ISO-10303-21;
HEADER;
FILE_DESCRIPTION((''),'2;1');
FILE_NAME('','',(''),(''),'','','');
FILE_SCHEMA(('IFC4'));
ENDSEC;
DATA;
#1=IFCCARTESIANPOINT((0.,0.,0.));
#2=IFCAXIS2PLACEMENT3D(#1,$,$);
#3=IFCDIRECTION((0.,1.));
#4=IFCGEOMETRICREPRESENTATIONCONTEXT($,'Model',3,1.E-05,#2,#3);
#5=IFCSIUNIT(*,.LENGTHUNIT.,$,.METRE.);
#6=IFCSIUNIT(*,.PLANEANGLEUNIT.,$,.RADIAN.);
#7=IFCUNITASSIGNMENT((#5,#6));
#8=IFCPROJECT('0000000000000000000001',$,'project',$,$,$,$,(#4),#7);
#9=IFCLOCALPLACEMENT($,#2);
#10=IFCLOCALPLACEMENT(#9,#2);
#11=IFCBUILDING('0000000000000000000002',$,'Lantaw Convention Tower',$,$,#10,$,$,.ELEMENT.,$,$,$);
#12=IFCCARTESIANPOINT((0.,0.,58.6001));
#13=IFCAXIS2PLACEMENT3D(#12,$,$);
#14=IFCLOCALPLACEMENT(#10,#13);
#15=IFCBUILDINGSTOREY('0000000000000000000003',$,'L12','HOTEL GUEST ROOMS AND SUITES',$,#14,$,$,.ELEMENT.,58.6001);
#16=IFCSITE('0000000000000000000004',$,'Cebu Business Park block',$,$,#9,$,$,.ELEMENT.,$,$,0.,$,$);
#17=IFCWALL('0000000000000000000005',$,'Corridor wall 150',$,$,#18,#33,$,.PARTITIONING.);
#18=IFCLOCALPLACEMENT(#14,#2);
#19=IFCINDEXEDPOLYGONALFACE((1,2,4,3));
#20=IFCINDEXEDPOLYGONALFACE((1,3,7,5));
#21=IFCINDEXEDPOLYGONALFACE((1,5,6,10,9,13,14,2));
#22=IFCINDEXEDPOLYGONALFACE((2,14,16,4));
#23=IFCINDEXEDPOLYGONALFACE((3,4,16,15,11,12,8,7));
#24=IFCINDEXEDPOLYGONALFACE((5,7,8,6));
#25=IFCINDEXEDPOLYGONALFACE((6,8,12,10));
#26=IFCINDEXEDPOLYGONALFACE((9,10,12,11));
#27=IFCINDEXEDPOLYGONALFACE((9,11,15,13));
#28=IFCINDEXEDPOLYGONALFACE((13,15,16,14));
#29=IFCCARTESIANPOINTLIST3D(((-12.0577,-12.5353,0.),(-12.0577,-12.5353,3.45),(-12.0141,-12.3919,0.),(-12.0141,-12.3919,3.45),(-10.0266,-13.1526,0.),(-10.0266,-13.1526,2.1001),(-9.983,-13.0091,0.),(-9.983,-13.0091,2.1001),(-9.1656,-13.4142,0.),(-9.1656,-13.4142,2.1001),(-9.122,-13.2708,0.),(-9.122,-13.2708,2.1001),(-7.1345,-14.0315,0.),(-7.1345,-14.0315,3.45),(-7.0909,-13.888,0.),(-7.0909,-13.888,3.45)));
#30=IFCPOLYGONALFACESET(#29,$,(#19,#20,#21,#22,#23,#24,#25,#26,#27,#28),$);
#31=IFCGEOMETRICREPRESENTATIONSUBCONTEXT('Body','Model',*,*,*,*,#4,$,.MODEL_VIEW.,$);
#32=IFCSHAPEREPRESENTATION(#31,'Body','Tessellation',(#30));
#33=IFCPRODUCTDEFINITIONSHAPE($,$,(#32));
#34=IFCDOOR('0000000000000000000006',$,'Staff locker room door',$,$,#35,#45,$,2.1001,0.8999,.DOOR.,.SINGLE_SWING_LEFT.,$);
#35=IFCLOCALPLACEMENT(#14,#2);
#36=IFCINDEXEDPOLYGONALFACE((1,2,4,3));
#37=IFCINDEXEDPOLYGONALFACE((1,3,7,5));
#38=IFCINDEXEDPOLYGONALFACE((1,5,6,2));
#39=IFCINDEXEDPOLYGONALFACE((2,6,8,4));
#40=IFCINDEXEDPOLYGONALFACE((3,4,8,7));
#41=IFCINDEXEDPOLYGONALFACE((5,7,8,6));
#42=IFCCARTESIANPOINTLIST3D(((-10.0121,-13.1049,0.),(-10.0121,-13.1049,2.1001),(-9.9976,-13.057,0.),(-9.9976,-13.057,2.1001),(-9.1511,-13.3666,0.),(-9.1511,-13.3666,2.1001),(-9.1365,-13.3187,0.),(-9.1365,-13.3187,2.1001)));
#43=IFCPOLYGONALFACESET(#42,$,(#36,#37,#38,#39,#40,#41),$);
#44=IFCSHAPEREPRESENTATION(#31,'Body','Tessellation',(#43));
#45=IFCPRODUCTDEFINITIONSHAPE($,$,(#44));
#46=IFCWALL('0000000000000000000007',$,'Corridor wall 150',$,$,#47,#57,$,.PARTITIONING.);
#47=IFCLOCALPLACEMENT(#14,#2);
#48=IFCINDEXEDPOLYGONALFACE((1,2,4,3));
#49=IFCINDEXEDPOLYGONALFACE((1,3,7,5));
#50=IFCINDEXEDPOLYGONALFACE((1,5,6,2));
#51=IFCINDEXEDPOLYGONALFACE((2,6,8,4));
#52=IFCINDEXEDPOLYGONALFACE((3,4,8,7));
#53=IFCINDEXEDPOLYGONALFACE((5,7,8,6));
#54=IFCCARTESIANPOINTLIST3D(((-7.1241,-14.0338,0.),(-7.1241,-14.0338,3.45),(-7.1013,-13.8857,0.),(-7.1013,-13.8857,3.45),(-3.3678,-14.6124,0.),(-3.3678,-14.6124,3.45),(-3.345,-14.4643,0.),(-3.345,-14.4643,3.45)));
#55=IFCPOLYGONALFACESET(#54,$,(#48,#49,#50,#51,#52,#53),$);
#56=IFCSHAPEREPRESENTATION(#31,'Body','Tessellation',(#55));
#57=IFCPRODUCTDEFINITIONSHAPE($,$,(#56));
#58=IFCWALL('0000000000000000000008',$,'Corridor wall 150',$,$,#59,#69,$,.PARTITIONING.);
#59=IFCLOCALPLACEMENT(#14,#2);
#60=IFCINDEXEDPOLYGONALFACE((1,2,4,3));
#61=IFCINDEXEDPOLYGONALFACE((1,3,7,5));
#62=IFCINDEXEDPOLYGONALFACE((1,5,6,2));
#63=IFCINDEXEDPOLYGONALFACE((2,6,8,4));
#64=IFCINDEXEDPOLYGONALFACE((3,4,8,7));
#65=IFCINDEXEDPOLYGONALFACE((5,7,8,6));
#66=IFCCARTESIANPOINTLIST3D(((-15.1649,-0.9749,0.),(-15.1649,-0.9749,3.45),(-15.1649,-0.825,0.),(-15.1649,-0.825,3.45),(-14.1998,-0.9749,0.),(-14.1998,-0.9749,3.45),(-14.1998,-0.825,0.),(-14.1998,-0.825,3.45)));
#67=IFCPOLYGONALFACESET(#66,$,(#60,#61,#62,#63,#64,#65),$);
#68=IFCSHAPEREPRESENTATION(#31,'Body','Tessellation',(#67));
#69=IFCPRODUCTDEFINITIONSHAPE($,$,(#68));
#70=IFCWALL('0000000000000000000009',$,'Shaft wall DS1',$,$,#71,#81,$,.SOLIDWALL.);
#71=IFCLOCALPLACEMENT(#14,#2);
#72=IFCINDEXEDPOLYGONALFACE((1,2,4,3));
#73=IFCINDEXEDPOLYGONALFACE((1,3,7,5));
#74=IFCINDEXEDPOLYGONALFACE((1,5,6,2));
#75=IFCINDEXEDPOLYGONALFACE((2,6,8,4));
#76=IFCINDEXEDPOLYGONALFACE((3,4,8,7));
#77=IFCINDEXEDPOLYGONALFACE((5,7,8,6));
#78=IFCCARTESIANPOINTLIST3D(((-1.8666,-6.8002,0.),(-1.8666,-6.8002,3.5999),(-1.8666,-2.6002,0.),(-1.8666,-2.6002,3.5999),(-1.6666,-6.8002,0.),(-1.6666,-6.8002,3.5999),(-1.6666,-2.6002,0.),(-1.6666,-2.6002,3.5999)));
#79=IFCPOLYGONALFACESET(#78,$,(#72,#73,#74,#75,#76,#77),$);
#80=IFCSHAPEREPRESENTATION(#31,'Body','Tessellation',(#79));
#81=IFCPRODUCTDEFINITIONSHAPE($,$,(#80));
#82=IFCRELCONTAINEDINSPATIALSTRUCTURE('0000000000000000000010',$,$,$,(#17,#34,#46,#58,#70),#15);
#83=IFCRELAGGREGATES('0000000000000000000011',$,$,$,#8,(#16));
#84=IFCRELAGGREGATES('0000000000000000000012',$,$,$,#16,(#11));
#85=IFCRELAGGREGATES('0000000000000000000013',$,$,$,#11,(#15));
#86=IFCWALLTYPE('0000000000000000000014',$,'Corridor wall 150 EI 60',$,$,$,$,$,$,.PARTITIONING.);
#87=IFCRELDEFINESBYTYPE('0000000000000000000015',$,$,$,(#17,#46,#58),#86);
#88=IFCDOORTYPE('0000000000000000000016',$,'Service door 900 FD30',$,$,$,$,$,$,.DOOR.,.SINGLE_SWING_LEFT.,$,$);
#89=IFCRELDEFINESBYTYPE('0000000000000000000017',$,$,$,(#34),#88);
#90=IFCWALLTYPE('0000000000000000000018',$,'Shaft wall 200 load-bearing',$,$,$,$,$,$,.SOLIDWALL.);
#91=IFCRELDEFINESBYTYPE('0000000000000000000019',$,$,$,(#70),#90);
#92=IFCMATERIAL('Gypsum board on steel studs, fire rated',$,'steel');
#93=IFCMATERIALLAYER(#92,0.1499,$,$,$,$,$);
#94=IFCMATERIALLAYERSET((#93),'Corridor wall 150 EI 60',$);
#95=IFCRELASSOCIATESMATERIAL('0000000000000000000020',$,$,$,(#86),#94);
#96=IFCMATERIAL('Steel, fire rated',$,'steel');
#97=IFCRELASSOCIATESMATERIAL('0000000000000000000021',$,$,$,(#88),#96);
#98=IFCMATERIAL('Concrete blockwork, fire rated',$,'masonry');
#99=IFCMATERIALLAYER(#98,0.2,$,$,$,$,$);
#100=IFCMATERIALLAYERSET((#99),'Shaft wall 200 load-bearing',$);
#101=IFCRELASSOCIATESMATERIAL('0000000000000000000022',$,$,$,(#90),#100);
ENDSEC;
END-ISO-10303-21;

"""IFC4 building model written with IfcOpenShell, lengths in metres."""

from ifc_helpers import new_model, si_unit, direction, frame, frame_2d, origin, place, context, subcontext, project, spatial, rectangle, extrude, material, layer, layer_set, type_object, element, fill, save


model = new_model("IFC4")

# Units and contexts
model_context = context("Model", 3, precision=1e-05, world=origin(), true_north=direction((0.0, 1.0)))
body_context = subcontext(model_context, "Body", "Model", "MODEL_VIEW")
ifc_project = project(units=[si_unit("LENGTHUNIT", "METRE"), si_unit("PLANEANGLEUNIT", "RADIAN")], contexts=[model_context])

# Site, building, storey
site_placement = place(None, origin())
site = spatial("IfcSite", under=ifc_project, at=site_placement, Name="Cebu Business Park block", CompositionType="ELEMENT", RefElevation=0.0)
building_placement = place(site_placement, origin())
building = spatial("IfcBuilding", under=site, at=building_placement, Name="Lantaw Convention Tower", CompositionType="ELEMENT")
storey_placement = place(building_placement, frame((0.0, 0.0, 58.6001)))
storey = spatial("IfcBuildingStorey", under=building, at=storey_placement, Name="L12", Description="HOTEL GUEST ROOMS AND SUITES", CompositionType="ELEMENT", Elevation=58.6001)

# Shared definitions
ifc_material_1 = material(Name="Steel, fire rated", Category="steel")

# Wall, opening, door
ifc_material_2 = material(Name="Gypsum board on steel studs, fire rated", Category="steel")
ifc_layer_1 = layer(ifc_material_2, 0.1499)
ifc_layer_set_1 = layer_set([ifc_layer_1], Name="Corridor wall 150 EI 60")
wall_type_1 = type_object("IfcWallType", Name="Corridor wall 150 EI 60", PredefinedType="PARTITIONING", material=ifc_layer_set_1)
wall_1_placement = place(storey_placement, frame((-12.0359, -12.4636, 0.0), z_axis=(0.0, 0.0, 1.0), x_axis=(0.956795, -0.290763, 0.0)))
wall_1 = element("IfcWall", 1, at=wall_1_placement, inside=storey, type_object=wall_type_1, Name="Corridor wall 150", PredefinedType="PARTITIONING", context=body_context, shape_type="SweptSolid", body=[
    extrude(rectangle(XDim=5.1455, YDim=0.1499, at=frame_2d((2.5728, 0.0))), origin(), (0.0, 0.0, 1.0), 3.45),
])
opening_1_placement = place(wall_1_placement, frame((2.1228, 0.0, 0.0)))
opening_1 = element("IfcOpeningElement", 2, at=opening_1_placement, cuts=wall_1, PredefinedType="OPENING", context=body_context, shape_type="SweptSolid", body=[
    extrude(rectangle(XDim=0.8999, YDim=2.1001, at=frame_2d((0.45, 1.05))), frame((0.0, 0.085, 0.0), z_axis=(0.0, -1.0, 0.0), x_axis=(1.0, 0.0, 0.0)), (0.0, 0.0, 1.0), 0.1699),
])
door_type_1 = type_object("IfcDoorType", Name="Service door 900 FD30", OperationType="SINGLE_SWING_LEFT", PredefinedType="DOOR", material=ifc_material_1)
door_1_placement = place(opening_1_placement, origin())
door_1 = element("IfcDoor", 3, at=door_1_placement, inside=storey, type_object=door_type_1, Name="Staff locker room door", OperationType="SINGLE_SWING_LEFT", OverallHeight=2.1001, OverallWidth=0.8999, PredefinedType="DOOR", context=body_context, shape_type="SweptSolid", body=[
    extrude(rectangle(XDim=0.8999, YDim=2.1001, at=frame_2d((0.45, 1.05))), frame((0.0, 0.0249, 0.0), z_axis=(0.0, -1.0, 0.0), x_axis=(1.0, 0.0, 0.0)), (0.0, 0.0, 1.0), 0.05),
])
fill(opening_1, door_1)

# Walls
wall_2_placement = place(storey_placement, frame((-7.1128, -13.9597, 0.0), z_axis=(0.0, 0.0, 1.0), x_axis=(0.988343, -0.152241, 0.0)))
element("IfcWall", 4, at=wall_2_placement, inside=storey, type_object=wall_type_1, Name="Corridor wall 150", PredefinedType="PARTITIONING", context=body_context, shape_type="SweptSolid", body=[
    extrude(rectangle(XDim=3.8005, YDim=0.1499, at=frame_2d((1.9004, 0.0))), origin(), (0.0, 0.0, 1.0), 3.45),
])
wall_3_placement = place(storey_placement, frame((-14.2, -0.8999, 0.0), z_axis=(0.0, 0.0, 1.0), x_axis=(-1.0, 0.0, 0.0)))
element("IfcWall", 5, at=wall_3_placement, inside=storey, type_object=wall_type_1, Name="Corridor wall 150", PredefinedType="PARTITIONING", context=body_context, shape_type="SweptSolid", body=[
    extrude(rectangle(XDim=0.9651, YDim=0.1499, at=frame_2d((0.4824, 0.0))), origin(), (0.0, 0.0, 1.0), 3.45),
])
ifc_material_3 = material(Name="Concrete blockwork, fire rated", Category="masonry")
ifc_layer_2 = layer(ifc_material_3, 0.2)
ifc_layer_set_2 = layer_set([ifc_layer_2], Name="Shaft wall 200 load-bearing")
wall_type_2 = type_object("IfcWallType", Name="Shaft wall 200 load-bearing", PredefinedType="SOLIDWALL", material=ifc_layer_set_2)
wall_4_placement = place(storey_placement, frame((-1.7666, -2.6001, 0.0), z_axis=(0.0, 0.0, 1.0), x_axis=(0.0, -1.0, 0.0)))
element("IfcWall", 6, at=wall_4_placement, inside=storey, type_object=wall_type_2, Name="Shaft wall DS1", PredefinedType="SOLIDWALL", context=body_context, shape_type="SweptSolid", body=[
    extrude(rectangle(XDim=4.2, YDim=0.2, at=frame_2d((2.1001, 0.0))), origin(), (0.0, 0.0, 1.0), 3.5999),
])

save(model, "model.ifc")
